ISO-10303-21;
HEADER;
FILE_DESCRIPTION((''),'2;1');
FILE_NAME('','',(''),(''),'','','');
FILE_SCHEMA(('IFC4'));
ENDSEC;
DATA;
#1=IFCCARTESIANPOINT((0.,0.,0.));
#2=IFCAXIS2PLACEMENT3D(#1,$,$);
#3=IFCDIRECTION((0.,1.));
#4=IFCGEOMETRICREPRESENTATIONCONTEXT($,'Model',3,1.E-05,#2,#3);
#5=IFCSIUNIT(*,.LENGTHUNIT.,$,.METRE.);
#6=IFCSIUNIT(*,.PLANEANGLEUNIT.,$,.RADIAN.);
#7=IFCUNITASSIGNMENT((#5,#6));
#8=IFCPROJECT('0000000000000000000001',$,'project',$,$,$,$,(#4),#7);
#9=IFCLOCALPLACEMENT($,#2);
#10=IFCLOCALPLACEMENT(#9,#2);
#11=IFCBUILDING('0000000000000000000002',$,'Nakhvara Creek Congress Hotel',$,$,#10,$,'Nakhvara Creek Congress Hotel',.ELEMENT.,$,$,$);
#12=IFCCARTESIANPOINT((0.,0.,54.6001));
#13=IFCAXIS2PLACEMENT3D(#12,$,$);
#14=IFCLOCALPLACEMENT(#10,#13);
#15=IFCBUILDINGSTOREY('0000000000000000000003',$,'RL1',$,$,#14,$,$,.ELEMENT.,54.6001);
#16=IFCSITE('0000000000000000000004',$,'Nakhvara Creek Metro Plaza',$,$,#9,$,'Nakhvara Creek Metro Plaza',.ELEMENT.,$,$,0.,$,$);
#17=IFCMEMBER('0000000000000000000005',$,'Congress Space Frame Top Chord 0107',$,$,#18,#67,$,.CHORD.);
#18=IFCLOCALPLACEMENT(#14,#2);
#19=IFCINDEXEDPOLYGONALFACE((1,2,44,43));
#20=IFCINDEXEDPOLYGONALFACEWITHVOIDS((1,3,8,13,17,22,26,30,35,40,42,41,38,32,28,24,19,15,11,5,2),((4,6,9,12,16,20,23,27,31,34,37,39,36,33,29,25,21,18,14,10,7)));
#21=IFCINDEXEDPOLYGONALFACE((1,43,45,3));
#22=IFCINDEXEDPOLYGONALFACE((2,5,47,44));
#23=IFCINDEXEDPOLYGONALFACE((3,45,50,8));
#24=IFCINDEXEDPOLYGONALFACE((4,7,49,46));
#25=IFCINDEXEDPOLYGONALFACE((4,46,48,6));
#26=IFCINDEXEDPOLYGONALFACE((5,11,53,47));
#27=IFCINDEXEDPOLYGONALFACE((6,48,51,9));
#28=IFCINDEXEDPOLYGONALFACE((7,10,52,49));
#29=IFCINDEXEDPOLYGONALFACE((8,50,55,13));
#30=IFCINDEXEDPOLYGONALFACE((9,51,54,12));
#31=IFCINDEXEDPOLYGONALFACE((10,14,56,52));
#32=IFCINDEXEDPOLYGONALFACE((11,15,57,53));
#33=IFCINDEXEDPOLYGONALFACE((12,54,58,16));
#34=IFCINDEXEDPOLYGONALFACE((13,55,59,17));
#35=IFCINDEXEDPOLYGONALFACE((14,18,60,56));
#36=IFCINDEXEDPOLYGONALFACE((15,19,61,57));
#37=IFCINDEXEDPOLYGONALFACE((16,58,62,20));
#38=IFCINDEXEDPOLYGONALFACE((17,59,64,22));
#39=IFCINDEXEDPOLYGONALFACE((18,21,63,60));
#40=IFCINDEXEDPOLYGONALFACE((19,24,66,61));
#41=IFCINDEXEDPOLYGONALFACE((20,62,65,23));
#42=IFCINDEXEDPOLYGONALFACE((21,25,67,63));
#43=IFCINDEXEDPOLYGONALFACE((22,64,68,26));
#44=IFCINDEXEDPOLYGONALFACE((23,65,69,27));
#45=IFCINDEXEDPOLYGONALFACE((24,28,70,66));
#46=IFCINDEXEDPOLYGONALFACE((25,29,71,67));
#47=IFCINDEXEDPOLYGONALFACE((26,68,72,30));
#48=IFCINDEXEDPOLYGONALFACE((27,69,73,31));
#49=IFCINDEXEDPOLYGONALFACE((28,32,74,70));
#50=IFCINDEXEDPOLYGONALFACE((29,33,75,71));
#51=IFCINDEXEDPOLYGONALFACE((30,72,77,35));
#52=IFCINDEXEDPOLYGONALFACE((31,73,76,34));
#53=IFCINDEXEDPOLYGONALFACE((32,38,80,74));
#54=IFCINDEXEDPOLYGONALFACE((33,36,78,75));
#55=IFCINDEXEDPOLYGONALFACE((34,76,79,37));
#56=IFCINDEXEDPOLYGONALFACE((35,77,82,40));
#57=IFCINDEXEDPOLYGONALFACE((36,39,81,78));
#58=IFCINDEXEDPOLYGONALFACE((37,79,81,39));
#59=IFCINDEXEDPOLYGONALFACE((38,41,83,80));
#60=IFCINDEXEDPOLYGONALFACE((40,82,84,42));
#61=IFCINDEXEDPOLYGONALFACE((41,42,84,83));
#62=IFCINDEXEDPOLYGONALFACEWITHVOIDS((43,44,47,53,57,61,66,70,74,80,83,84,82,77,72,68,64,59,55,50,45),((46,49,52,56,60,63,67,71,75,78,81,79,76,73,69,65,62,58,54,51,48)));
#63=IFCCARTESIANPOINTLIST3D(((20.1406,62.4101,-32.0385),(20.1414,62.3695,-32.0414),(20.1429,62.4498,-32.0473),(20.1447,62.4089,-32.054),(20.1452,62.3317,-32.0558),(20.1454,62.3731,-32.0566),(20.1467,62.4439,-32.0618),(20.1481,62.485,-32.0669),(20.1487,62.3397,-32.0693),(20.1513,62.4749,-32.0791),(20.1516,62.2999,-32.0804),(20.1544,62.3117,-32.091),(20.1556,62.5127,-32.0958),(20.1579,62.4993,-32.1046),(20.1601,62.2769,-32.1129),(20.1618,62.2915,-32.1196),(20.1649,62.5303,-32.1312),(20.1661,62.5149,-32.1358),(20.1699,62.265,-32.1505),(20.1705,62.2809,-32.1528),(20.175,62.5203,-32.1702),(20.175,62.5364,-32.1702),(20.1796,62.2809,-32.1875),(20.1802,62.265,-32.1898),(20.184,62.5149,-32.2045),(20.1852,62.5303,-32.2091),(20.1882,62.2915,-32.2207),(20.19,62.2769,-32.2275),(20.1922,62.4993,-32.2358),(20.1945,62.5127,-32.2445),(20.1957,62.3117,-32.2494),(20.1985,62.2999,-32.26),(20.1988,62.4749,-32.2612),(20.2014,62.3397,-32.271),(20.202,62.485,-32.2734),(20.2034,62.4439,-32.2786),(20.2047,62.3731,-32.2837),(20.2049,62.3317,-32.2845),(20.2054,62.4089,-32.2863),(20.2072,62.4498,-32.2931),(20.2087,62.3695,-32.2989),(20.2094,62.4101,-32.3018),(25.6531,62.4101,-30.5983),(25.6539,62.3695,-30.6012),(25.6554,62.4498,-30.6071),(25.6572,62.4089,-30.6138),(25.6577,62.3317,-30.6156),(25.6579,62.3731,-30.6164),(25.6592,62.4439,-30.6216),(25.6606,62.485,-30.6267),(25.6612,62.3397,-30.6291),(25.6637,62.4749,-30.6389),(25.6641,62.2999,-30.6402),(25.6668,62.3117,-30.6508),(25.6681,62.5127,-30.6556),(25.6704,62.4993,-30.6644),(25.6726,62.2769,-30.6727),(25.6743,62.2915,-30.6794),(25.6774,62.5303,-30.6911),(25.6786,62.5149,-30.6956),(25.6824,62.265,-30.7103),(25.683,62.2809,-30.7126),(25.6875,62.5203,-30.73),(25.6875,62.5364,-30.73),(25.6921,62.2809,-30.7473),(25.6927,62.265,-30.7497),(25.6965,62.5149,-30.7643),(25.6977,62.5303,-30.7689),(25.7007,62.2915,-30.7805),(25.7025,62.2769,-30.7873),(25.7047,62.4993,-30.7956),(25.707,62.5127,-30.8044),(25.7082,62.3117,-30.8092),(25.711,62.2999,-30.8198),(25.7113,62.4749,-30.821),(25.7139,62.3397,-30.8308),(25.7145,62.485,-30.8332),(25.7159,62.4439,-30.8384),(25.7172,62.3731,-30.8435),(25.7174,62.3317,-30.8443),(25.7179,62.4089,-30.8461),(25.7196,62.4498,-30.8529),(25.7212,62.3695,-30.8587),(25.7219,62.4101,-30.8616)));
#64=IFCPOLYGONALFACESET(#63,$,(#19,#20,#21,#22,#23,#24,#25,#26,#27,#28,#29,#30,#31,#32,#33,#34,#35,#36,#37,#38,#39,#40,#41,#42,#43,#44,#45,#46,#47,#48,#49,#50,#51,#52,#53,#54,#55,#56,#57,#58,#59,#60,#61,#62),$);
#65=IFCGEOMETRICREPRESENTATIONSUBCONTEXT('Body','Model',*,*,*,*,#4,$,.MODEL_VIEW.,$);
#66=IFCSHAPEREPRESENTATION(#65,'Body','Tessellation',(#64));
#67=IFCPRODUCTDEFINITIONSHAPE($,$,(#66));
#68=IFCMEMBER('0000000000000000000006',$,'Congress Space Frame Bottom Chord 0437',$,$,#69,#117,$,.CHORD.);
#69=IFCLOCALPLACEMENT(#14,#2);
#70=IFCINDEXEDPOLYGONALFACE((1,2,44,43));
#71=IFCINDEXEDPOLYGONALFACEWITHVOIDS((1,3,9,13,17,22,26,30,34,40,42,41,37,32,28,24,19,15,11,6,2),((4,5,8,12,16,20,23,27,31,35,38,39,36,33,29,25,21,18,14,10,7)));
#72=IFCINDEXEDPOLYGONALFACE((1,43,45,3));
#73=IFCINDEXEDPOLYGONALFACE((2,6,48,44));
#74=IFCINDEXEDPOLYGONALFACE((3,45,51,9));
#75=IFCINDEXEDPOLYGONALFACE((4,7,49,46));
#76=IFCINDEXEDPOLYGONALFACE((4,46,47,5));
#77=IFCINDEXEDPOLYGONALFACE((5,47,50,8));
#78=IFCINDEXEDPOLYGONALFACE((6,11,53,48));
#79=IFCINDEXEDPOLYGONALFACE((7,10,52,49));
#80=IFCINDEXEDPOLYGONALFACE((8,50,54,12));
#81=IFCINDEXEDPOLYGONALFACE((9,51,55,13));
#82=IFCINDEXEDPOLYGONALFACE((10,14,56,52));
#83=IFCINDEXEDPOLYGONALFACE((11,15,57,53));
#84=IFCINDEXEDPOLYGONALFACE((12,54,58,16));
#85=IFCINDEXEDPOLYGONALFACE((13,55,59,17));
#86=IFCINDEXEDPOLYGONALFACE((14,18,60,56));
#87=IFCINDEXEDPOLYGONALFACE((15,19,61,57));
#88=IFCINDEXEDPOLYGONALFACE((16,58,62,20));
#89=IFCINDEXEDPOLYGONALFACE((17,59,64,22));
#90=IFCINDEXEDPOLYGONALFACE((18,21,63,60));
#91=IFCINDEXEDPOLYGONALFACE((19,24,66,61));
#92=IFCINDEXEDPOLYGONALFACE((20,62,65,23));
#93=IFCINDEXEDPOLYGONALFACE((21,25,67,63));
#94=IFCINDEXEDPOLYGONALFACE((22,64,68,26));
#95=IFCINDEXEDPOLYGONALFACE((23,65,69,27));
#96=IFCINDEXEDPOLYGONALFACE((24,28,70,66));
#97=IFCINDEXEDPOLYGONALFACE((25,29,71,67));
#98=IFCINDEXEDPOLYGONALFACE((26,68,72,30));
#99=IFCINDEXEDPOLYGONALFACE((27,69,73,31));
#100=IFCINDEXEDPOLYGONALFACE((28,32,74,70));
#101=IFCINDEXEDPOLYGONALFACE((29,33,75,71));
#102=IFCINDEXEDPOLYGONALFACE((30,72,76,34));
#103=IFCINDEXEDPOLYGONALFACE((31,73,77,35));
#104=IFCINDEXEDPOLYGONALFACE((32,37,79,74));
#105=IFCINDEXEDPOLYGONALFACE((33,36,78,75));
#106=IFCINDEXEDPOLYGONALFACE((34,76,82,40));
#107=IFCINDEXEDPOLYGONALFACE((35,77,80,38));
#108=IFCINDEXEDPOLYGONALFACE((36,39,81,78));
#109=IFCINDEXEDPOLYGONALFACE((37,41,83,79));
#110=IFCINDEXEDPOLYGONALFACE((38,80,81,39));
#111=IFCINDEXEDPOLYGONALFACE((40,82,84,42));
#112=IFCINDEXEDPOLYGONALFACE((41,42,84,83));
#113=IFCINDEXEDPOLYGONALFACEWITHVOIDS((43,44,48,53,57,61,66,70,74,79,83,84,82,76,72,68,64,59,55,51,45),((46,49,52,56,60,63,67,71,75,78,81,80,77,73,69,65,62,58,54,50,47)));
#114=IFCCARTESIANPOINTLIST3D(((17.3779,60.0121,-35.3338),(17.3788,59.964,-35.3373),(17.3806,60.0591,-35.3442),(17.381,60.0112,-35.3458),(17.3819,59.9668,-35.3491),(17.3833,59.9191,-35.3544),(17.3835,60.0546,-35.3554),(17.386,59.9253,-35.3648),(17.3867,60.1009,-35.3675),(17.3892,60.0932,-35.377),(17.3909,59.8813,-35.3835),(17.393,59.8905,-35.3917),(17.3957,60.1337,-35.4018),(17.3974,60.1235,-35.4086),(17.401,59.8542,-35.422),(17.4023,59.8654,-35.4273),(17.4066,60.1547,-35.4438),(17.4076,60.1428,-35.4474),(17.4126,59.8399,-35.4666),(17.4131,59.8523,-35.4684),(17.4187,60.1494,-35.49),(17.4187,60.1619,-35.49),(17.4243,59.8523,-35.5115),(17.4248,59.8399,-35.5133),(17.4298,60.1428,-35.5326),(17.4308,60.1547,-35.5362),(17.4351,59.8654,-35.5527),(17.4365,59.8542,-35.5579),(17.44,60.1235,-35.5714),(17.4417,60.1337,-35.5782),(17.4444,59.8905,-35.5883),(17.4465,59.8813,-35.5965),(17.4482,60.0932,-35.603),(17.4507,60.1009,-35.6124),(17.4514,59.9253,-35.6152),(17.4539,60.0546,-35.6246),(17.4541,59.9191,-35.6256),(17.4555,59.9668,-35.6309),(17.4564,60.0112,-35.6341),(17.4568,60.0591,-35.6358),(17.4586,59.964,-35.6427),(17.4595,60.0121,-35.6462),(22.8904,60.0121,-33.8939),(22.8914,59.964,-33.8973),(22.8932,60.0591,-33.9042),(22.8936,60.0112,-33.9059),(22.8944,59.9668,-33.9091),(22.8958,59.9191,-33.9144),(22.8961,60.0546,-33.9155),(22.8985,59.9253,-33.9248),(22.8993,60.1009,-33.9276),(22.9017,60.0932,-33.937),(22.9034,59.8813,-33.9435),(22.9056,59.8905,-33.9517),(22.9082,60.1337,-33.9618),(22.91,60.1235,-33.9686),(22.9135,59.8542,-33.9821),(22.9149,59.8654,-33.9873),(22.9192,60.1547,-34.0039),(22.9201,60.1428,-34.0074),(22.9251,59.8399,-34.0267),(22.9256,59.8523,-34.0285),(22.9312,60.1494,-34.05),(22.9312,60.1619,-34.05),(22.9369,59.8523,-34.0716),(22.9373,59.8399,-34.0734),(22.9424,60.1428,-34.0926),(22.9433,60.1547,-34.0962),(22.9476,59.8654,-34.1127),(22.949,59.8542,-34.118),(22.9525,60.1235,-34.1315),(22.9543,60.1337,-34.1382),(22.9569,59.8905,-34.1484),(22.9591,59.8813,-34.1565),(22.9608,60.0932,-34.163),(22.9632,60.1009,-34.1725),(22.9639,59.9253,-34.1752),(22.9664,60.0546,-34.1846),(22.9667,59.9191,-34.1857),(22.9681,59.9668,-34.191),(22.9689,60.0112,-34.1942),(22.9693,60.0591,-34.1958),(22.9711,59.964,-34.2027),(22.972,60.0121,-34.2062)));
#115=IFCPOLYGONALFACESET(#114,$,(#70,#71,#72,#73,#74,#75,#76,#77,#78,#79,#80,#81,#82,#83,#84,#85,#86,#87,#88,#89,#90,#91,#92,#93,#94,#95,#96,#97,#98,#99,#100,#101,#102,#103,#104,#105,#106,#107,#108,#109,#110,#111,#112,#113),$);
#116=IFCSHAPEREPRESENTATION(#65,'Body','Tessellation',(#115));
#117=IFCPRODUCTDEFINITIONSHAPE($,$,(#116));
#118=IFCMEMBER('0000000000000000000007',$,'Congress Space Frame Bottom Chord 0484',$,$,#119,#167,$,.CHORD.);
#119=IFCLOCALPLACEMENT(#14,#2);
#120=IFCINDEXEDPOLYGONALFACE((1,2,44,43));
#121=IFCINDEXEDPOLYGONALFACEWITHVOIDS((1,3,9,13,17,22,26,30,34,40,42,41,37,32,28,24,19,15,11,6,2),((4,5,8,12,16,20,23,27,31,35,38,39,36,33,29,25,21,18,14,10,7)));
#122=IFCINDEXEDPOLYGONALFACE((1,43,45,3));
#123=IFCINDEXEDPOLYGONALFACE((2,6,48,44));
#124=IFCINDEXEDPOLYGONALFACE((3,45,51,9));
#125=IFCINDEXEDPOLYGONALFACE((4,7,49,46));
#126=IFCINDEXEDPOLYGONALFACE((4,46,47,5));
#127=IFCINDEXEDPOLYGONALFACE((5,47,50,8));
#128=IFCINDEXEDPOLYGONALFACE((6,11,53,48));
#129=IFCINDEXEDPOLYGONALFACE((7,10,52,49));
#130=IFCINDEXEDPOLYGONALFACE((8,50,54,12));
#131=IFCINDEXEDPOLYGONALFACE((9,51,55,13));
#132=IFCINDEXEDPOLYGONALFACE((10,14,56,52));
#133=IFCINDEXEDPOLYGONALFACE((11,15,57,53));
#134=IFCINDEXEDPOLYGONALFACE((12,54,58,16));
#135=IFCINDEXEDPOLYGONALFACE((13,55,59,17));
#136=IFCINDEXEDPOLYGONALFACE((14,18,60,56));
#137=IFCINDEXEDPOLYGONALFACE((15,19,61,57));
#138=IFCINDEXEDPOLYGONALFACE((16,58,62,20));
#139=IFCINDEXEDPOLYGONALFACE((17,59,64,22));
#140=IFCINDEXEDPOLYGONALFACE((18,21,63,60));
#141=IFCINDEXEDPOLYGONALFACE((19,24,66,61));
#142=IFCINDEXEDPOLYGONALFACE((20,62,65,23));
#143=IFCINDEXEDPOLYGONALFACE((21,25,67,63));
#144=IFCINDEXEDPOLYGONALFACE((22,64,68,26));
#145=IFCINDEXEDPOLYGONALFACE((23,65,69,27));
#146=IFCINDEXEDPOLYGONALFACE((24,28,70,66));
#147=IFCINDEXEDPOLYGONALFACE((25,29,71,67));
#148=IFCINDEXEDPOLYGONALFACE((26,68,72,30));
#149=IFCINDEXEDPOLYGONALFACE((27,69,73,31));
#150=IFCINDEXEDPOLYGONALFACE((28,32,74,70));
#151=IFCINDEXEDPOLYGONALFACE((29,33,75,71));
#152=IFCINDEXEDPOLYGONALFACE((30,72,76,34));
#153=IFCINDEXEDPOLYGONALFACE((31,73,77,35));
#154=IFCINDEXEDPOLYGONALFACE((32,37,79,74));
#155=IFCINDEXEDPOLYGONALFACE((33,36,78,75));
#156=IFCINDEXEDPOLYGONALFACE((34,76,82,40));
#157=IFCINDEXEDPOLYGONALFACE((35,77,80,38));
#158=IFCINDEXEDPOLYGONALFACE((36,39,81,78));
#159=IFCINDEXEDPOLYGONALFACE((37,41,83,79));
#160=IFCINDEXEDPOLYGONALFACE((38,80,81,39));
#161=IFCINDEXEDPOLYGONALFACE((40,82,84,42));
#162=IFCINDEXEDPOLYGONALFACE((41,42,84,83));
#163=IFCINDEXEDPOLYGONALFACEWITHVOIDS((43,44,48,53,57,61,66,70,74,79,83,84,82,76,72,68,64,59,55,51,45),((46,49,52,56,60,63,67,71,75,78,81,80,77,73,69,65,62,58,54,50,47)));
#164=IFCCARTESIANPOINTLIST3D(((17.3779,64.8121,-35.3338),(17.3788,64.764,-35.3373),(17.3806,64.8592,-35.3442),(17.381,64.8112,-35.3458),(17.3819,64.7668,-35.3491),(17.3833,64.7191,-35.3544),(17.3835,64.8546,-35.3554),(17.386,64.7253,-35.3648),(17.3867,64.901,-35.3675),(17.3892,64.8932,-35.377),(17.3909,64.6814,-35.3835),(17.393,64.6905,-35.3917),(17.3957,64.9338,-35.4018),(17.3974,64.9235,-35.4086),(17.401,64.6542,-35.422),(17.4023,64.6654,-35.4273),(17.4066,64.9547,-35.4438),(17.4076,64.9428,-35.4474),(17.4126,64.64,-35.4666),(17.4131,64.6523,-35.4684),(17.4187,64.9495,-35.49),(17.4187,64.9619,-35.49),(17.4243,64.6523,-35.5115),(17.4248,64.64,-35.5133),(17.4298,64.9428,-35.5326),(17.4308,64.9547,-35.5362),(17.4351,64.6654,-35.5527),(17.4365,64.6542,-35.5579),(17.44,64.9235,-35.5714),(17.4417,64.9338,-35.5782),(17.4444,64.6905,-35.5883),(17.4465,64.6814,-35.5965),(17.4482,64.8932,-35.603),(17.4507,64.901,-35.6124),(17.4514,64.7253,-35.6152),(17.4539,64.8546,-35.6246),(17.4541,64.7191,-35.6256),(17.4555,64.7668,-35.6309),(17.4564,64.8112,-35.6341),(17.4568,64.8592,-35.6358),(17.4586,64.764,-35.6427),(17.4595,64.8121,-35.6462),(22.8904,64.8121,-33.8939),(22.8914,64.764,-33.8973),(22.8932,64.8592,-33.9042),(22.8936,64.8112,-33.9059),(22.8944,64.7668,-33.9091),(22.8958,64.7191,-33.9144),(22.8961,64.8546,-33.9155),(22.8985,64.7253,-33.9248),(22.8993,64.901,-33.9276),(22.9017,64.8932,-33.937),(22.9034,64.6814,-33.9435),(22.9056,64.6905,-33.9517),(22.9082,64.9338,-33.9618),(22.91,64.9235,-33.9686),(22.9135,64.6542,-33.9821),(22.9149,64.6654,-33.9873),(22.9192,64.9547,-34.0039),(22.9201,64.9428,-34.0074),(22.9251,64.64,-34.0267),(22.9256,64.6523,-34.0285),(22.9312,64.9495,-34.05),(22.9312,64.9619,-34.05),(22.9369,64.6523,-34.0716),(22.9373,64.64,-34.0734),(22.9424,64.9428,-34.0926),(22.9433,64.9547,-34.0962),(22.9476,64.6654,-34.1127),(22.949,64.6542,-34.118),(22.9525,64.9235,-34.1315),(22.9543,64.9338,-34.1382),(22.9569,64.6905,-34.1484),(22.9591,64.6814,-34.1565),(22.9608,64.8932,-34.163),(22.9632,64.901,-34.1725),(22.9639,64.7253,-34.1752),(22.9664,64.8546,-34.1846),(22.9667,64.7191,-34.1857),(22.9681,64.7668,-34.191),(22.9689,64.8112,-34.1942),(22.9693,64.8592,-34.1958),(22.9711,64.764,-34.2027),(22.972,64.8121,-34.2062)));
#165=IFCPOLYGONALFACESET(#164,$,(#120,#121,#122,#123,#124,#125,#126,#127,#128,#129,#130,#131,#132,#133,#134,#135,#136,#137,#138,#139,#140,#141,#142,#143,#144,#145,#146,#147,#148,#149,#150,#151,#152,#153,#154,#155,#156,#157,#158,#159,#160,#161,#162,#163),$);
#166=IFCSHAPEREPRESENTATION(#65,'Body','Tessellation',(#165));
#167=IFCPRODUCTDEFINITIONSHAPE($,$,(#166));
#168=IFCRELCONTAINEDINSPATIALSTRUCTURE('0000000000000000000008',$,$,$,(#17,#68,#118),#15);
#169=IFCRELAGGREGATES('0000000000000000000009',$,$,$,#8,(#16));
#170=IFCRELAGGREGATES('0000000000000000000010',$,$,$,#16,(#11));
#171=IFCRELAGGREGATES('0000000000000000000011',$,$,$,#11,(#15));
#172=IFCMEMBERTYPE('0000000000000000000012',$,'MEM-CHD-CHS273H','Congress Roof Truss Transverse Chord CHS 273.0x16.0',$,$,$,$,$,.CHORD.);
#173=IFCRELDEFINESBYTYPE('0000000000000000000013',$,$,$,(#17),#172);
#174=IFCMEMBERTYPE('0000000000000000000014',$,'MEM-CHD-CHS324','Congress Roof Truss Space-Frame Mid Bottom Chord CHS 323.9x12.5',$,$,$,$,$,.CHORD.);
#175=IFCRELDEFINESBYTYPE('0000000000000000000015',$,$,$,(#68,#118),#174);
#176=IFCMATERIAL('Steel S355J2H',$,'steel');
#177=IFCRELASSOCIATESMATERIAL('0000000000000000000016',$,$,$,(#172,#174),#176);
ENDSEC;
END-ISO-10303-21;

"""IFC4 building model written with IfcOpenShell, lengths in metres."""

from ifc_helpers import new_model, si_unit, direction, frame, origin, origin_2d, place, context, subcontext, project, spatial, hollow_circle, extrude, material, material_profile, profile_set, type_object, element, save


model = new_model("IFC4")

# Units and contexts
model_context = context("Model", 3, precision=1e-05, world=origin(), true_north=direction((0.0, 1.0)))
body_context = subcontext(model_context, "Body", "Model", "MODEL_VIEW")
ifc_project = project(units=[si_unit("LENGTHUNIT", "METRE"), si_unit("PLANEANGLEUNIT", "RADIAN")], contexts=[model_context])

# Site, building, storey
site_placement = place(None, origin())
site = spatial("IfcSite", under=ifc_project, at=site_placement, Name="Nakhvara Creek Metro Plaza", LongName="Nakhvara Creek Metro Plaza", CompositionType="ELEMENT", RefElevation=0.0)
building_placement = place(site_placement, origin())
building = spatial("IfcBuilding", under=site, at=building_placement, Name="Nakhvara Creek Congress Hotel", LongName="Nakhvara Creek Congress Hotel", CompositionType="ELEMENT")
storey_placement = place(building_placement, frame((0.0, 0.0, 54.6001)))
storey = spatial("IfcBuildingStorey", under=building, at=storey_placement, Name="RL1", CompositionType="ELEMENT", Elevation=54.6001)

# Members
ifc_material_1 = material(Name="Steel S355J2H", Category="steel")
ifc_material_profile_1 = material_profile(ifc_material_1, hollow_circle(Radius=0.1365, WallThickness=0.0161, at=origin_2d()), Name="CHS 273.0x16.0", Category="LoadBearing")
ifc_profile_set_1 = profile_set([ifc_material_profile_1], Name="Steel S355J2H")
member_type_1 = type_object("IfcMemberType", Name="MEM-CHD-CHS273H", Description="Congress Roof Truss Transverse Chord CHS 273.0x16.0", PredefinedType="CHORD", material=ifc_profile_set_1)
for number, where, z_axis, x_axis, name in (
    (1, (20.175, 62.3999, -32.1702), (0.967525, 0.0, 0.252776), (0.0, 1.0, 0.0), "Congress Space Frame Top Chord 0107"),
):
    element("IfcMember", number, at=place(storey_placement, frame(where, z_axis=z_axis, x_axis=x_axis)), inside=storey, type_object=member_type_1, Name=name, PredefinedType="CHORD", context=body_context, shape_type="SweptSolid", body=[
        extrude(hollow_circle(Radius=0.1365, WallThickness=0.0161, at=origin_2d()), origin(), (0.0, 0.0, 1.0), 5.6975),
    ])
ifc_material_profile_2 = material_profile(ifc_material_1, hollow_circle(Radius=0.1619, WallThickness=0.0125, at=origin_2d()), Name="CHS 323.9x12.5", Category="LoadBearing")
ifc_profile_set_2 = profile_set([ifc_material_profile_2], Name="Steel S355J2H")
member_type_2 = type_object("IfcMemberType", Name="MEM-CHD-CHS324", Description="Congress Roof Truss Space-Frame Mid Bottom Chord CHS 323.9x12.5", PredefinedType="CHORD", material=ifc_profile_set_2)
for number, where, z_axis, x_axis, name in (
    (2, (17.4187, 60.0, -35.49), (0.967535, 0.0, 0.252736), (0.0, 1.0, 0.0), "Congress Space Frame Bottom Chord 0437"),
    (3, (17.4187, 64.8, -35.49), (0.967535, 0.0, 0.252736), (0.0, 1.0, 0.0), "Congress Space Frame Bottom Chord 0484"),
):
    element("IfcMember", number, at=place(storey_placement, frame(where, z_axis=z_axis, x_axis=x_axis)), inside=storey, type_object=member_type_2, Name=name, PredefinedType="CHORD", context=body_context, shape_type="SweptSolid", body=[
        extrude(hollow_circle(Radius=0.1619, WallThickness=0.0125, at=origin_2d()), origin(), (0.0, 0.0, 1.0), 5.6975),
    ])

save(model, "model.ifc")
